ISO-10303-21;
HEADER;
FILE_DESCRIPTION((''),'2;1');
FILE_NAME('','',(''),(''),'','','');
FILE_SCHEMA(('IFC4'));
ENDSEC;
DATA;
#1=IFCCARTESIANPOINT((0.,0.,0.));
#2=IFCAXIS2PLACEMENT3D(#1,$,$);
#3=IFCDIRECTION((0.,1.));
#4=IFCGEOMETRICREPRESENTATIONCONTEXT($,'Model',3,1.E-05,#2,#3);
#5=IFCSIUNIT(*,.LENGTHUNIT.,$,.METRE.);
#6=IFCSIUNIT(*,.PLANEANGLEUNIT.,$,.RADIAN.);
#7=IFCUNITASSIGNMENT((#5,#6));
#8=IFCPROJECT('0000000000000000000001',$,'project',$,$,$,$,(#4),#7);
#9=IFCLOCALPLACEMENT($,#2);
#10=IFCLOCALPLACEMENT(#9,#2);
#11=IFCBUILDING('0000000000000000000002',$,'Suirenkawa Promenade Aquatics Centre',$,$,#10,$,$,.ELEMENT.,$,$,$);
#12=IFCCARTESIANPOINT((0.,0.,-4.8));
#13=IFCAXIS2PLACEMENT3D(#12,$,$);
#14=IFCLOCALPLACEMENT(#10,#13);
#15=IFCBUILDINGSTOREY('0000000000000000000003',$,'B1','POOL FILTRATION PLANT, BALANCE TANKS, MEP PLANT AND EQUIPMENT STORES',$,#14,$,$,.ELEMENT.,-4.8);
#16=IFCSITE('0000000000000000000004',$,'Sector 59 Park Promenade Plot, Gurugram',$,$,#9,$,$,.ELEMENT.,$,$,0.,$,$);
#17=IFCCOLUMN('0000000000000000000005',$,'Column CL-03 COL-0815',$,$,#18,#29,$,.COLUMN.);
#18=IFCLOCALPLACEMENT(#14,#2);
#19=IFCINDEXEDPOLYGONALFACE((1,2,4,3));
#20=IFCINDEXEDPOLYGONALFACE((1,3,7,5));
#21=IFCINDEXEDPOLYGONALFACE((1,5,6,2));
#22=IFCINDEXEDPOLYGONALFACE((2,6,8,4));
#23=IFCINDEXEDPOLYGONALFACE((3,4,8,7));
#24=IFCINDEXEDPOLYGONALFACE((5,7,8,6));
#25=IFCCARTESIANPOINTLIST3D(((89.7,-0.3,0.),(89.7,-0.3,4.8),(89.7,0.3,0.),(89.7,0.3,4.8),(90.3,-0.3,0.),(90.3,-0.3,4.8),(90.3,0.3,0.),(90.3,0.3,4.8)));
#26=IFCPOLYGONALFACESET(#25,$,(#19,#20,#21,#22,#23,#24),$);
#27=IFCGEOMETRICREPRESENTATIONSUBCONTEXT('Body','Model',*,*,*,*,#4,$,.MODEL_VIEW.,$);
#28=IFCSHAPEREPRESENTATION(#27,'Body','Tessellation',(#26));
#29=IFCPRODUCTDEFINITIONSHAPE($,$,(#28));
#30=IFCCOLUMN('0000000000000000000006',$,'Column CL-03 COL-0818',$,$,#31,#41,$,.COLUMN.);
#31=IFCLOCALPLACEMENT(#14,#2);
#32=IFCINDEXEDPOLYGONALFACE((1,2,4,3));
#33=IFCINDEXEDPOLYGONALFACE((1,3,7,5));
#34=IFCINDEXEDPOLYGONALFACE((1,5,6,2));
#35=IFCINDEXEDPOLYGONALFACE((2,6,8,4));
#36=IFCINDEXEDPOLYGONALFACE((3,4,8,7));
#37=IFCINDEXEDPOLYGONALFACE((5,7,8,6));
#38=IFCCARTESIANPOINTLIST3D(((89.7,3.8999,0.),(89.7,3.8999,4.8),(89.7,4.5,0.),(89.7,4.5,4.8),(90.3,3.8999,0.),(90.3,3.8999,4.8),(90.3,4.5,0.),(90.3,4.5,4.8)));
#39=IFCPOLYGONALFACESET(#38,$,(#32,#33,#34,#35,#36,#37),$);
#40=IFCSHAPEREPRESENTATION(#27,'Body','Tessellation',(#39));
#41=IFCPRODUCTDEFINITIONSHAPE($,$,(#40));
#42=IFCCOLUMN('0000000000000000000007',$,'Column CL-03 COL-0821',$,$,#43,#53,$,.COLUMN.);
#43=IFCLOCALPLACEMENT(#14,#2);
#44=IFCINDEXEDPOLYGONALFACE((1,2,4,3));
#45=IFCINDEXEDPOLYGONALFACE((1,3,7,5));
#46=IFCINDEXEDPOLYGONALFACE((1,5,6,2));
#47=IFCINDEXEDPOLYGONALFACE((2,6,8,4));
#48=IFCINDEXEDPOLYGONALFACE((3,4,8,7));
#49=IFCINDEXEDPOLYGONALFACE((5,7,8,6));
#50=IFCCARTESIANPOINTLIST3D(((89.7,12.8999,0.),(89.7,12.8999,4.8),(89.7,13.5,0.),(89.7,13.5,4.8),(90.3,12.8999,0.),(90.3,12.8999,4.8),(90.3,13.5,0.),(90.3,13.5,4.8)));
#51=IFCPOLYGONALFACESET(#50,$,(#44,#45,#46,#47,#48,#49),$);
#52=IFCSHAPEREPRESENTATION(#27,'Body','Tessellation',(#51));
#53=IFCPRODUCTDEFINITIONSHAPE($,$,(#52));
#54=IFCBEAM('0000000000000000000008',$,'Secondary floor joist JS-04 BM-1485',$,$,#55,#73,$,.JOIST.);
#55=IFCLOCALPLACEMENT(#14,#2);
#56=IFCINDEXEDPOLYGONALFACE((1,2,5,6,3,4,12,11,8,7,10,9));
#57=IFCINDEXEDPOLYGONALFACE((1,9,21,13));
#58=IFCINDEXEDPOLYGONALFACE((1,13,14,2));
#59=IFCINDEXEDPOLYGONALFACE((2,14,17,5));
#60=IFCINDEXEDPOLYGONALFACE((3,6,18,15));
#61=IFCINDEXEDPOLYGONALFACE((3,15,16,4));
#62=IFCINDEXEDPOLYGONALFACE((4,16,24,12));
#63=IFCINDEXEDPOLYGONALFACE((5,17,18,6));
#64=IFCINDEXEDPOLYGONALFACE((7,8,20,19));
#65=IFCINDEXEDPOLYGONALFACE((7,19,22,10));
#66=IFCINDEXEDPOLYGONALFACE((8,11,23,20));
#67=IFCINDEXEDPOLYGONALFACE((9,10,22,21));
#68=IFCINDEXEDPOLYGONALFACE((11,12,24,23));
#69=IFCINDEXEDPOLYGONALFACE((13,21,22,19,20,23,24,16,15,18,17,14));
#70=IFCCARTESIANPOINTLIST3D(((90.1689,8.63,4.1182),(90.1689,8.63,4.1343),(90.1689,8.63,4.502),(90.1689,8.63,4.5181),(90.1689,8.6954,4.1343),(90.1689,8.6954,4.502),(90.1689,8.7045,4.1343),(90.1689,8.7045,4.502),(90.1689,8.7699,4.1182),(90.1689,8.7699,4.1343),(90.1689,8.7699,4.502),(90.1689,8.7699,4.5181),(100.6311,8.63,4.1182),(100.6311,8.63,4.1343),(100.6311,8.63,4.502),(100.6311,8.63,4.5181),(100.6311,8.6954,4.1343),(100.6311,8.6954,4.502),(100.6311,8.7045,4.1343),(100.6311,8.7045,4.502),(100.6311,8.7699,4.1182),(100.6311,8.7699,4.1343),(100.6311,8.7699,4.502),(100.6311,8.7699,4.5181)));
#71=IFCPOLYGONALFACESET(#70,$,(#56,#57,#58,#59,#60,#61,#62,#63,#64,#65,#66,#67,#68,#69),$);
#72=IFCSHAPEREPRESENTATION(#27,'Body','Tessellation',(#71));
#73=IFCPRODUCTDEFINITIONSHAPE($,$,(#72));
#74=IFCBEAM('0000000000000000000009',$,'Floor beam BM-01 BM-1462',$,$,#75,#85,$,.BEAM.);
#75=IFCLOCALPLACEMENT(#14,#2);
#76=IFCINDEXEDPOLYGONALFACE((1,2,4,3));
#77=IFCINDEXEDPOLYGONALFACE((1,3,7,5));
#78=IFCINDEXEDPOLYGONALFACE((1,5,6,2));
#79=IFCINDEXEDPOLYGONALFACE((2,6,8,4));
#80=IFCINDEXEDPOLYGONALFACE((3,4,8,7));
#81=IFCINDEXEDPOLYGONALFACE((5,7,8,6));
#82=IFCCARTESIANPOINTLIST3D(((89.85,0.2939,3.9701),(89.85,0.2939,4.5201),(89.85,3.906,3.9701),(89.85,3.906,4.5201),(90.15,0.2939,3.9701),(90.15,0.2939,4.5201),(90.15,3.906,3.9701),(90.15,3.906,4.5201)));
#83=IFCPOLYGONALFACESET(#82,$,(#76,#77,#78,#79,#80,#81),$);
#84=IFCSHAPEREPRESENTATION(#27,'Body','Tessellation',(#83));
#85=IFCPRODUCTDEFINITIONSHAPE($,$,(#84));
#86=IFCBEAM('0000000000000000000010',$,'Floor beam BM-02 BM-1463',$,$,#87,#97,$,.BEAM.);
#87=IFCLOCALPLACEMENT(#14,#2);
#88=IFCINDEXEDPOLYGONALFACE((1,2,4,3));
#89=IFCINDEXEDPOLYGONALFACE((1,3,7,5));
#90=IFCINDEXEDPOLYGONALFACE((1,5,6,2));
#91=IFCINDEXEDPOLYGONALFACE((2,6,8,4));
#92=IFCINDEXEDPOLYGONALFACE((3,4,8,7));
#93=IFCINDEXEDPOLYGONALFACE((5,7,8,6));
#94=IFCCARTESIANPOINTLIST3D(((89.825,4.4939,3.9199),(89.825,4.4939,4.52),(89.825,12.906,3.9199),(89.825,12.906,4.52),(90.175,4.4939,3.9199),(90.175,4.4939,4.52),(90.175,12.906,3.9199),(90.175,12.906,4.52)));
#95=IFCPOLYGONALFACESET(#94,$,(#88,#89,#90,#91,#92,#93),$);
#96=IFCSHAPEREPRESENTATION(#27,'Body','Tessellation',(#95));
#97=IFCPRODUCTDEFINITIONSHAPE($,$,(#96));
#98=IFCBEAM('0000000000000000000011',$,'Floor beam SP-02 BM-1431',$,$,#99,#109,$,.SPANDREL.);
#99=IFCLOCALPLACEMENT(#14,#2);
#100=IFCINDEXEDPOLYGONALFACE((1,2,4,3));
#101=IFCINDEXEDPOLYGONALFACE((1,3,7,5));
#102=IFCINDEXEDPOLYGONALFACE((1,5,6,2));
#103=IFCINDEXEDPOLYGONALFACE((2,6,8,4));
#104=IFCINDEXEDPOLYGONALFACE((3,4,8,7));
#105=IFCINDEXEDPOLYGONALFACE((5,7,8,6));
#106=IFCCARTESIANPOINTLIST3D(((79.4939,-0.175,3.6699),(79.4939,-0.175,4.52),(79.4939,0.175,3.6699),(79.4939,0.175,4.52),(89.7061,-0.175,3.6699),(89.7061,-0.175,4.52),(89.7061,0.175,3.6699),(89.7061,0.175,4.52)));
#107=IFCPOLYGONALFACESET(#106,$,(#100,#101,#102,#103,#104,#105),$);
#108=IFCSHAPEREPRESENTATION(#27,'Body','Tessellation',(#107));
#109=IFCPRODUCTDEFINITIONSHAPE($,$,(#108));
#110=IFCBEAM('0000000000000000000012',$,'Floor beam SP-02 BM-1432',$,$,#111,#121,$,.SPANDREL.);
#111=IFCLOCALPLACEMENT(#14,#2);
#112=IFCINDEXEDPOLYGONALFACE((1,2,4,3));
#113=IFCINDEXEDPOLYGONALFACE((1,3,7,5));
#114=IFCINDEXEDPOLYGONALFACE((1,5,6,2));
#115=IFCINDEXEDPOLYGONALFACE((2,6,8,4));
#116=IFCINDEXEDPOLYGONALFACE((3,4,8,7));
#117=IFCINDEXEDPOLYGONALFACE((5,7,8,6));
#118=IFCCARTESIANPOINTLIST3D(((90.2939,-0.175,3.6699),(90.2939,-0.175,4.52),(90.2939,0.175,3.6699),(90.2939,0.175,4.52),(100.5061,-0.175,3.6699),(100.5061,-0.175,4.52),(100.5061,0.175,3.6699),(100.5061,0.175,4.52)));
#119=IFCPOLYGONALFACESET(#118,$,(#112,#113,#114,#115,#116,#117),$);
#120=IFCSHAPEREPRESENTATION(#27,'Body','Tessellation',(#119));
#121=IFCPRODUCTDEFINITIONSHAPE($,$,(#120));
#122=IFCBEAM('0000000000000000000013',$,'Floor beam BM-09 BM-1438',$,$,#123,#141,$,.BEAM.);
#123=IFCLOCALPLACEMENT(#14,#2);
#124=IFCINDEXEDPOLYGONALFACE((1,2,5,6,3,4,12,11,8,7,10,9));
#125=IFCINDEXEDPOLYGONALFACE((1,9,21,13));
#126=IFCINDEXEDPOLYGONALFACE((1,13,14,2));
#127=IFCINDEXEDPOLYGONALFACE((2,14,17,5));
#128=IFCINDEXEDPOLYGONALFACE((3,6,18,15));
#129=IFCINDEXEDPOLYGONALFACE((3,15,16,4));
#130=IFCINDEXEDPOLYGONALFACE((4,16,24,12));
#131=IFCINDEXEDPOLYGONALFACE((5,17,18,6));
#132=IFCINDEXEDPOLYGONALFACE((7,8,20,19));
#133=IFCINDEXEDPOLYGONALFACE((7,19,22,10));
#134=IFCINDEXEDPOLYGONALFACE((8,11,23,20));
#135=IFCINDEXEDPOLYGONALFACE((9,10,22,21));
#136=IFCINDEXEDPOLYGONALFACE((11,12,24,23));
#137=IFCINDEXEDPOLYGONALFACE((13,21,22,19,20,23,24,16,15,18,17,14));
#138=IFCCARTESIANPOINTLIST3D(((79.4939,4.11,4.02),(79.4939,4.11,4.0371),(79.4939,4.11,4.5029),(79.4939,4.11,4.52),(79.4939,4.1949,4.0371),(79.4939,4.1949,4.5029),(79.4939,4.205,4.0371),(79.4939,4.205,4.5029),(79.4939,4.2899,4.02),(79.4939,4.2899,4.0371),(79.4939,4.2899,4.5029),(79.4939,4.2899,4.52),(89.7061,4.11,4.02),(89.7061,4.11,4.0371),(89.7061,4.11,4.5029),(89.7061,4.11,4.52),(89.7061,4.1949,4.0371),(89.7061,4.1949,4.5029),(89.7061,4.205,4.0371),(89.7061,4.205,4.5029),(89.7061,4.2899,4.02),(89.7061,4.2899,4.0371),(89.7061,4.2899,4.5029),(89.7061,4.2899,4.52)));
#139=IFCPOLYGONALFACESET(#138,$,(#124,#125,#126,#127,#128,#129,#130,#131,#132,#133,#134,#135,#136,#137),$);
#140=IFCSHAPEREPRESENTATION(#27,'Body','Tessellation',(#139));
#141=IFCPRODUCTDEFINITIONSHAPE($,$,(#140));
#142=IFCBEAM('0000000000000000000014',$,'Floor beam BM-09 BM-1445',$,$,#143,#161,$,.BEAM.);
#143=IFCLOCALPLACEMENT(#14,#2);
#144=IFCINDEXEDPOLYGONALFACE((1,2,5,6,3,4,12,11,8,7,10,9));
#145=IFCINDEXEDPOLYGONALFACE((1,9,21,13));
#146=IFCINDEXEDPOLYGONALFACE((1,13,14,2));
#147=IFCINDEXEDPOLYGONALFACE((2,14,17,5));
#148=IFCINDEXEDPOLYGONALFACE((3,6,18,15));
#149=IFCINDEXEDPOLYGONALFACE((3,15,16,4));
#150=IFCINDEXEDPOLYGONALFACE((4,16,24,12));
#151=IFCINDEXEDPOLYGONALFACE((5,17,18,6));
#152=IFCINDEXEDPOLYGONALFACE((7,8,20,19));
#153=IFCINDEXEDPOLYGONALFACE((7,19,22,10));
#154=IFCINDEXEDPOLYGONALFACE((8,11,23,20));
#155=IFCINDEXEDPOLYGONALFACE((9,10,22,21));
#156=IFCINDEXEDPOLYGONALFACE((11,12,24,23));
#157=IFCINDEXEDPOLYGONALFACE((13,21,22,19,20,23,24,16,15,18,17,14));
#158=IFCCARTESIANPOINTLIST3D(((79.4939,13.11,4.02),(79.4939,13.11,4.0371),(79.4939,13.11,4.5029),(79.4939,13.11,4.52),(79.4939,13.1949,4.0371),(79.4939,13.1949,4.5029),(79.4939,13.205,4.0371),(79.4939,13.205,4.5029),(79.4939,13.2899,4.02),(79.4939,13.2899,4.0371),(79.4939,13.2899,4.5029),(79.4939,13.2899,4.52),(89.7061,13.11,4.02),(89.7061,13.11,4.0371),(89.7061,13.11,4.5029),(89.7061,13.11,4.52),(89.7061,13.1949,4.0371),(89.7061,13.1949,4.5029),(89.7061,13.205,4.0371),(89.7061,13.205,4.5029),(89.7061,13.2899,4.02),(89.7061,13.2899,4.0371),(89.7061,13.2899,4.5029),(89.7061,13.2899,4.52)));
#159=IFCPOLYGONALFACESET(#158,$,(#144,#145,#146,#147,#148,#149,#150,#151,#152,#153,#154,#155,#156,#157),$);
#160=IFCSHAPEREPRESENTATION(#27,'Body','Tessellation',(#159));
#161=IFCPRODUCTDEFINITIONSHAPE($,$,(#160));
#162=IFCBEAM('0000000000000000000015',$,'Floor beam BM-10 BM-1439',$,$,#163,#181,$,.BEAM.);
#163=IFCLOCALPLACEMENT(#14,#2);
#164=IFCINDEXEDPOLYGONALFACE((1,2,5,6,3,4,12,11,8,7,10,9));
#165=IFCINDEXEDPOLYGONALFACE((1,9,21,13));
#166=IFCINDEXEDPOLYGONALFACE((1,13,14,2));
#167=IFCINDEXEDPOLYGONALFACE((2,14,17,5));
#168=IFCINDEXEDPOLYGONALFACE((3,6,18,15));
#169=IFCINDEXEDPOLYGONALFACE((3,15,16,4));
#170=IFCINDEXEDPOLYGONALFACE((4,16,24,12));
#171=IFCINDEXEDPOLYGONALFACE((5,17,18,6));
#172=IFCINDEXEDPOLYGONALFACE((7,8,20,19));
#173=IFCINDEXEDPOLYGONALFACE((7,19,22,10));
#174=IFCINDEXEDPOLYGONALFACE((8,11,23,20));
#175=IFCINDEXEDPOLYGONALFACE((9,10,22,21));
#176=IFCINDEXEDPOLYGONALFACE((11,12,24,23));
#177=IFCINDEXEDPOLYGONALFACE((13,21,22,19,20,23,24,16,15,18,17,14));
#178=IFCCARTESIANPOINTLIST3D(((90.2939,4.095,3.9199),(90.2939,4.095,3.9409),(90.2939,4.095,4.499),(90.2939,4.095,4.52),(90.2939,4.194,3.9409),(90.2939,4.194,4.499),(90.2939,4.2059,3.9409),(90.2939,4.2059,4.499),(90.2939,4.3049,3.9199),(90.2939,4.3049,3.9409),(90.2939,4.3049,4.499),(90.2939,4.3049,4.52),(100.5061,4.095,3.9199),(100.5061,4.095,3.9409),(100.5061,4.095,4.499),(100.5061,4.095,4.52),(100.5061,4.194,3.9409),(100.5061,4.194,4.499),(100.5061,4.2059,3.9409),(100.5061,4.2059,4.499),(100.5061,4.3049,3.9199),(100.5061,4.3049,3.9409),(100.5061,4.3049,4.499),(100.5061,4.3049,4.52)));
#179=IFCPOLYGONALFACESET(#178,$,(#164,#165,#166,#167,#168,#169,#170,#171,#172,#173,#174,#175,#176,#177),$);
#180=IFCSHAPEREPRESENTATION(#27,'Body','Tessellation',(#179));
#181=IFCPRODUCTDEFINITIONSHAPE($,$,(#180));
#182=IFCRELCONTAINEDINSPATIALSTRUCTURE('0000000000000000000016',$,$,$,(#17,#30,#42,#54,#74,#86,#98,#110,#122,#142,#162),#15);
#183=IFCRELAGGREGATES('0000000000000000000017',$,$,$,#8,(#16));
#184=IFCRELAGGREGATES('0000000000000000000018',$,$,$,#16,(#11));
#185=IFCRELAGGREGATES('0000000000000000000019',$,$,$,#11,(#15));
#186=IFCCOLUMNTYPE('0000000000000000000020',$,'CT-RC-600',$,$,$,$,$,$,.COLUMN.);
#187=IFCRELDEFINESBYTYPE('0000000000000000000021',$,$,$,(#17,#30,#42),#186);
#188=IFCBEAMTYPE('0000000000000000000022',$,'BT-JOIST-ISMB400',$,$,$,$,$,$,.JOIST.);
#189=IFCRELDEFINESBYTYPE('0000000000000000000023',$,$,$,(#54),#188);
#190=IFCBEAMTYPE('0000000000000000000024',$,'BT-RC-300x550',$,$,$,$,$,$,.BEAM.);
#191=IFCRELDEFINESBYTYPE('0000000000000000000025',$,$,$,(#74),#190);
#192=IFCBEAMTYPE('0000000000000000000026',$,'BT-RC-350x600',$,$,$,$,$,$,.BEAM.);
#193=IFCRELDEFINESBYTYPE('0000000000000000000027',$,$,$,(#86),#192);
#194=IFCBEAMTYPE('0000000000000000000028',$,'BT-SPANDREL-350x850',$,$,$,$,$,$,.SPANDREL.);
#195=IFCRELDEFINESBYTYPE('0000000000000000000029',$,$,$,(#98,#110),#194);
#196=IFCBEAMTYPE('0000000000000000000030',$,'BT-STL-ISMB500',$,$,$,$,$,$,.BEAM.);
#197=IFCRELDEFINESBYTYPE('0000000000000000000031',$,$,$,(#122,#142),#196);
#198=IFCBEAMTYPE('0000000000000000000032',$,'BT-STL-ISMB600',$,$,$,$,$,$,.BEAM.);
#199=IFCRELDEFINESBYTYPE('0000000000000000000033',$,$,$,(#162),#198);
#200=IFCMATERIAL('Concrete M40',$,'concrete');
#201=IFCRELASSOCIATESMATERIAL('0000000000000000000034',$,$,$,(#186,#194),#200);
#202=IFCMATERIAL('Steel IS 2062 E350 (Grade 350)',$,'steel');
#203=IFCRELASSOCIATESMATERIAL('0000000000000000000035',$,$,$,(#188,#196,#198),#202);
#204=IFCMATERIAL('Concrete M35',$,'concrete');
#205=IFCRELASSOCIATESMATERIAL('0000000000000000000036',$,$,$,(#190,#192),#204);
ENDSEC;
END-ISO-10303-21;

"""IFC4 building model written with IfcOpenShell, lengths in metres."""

from ifc_helpers import new_model, si_unit, direction, frame, origin, origin_2d, place, context, subcontext, project, spatial, rectangle, i_section, extrude, material, material_profile, profile_set, type_object, element, save


model = new_model("IFC4")

# Units and contexts
model_context = context("Model", 3, precision=1e-05, world=origin(), true_north=direction((0.0, 1.0)))
body_context = subcontext(model_context, "Body", "Model", "MODEL_VIEW")
ifc_project = project(units=[si_unit("LENGTHUNIT", "METRE"), si_unit("PLANEANGLEUNIT", "RADIAN")], contexts=[model_context])

# Site, building, storey
site_placement = place(None, origin())
site = spatial("IfcSite", under=ifc_project, at=site_placement, Name="Sector 59 Park Promenade Plot, Gurugram", CompositionType="ELEMENT", RefElevation=0.0)
building_placement = place(site_placement, origin())
building = spatial("IfcBuilding", under=site, at=building_placement, Name="Suirenkawa Promenade Aquatics Centre", CompositionType="ELEMENT")
storey_placement = place(building_placement, frame((0.0, 0.0, -4.8)))
storey = spatial("IfcBuildingStorey", under=building, at=storey_placement, Name="B1", Description="POOL FILTRATION PLANT, BALANCE TANKS, MEP PLANT AND EQUIPMENT STORES", CompositionType="ELEMENT", Elevation=-4.8)

# Shared definitions
ifc_material_1 = material(Name="Concrete M35", Category="concrete")

# Columns
ifc_material_2 = material(Name="Concrete M40", Category="concrete")
ifc_material_profile_1 = material_profile(ifc_material_2, rectangle(XDim=0.6001, YDim=0.6001, at=origin_2d()), Name="RC COL 600x600", Category="concrete")
ifc_profile_set_1 = profile_set([ifc_material_profile_1], Name="Concrete M40")
column_type = type_object("IfcColumnType", Name="CT-RC-600", PredefinedType="COLUMN", material=ifc_profile_set_1)
for number, where, z_axis, x_axis, name in (
    (1, (90.0, 0.0, 0.0), (0.0, 0.0, 1.0), (1.0, 0.0, 0.0), "Column CL-03 COL-0815"),
    (2, (90.0, 4.2, 0.0), (0.0, 0.0, 1.0), (1.0, 0.0, 0.0), "Column CL-03 COL-0818"),
    (3, (90.0, 13.2, 0.0), (0.0, 0.0, 1.0), (1.0, 0.0, 0.0), "Column CL-03 COL-0821"),
):
    element("IfcColumn", number, at=place(storey_placement, frame(where, z_axis=z_axis, x_axis=x_axis)), inside=storey, type_object=column_type, Name=name, PredefinedType="COLUMN", context=body_context, shape_type="SweptSolid", body=[
        extrude(rectangle(XDim=0.6001, YDim=0.6001, at=origin_2d()), origin(), (0.0, 0.0, 1.0), 4.8),
    ])

# Beams
ifc_material_3 = material(Name="Steel IS 2062 E350 (Grade 350)", Category="steel")
ifc_material_profile_2 = material_profile(ifc_material_3, i_section(OverallWidth=0.1399, OverallDepth=0.3999, WebThickness=0.009, FlangeThickness=0.0161, at=origin_2d()), Name="ISMB 400", Category="steel")
ifc_profile_set_2 = profile_set([ifc_material_profile_2], Name="Steel IS 2062 E350 (Grade 350)")
beam_type_1 = type_object("IfcBeamType", Name="BT-JOIST-ISMB400", PredefinedType="JOIST", material=ifc_profile_set_2)
beam_1_placement = place(storey_placement, frame((90.1689, 8.7, 4.3181), z_axis=(1.0, 0.0, 0.0), x_axis=(0.0, 1.0, 0.0)))
element("IfcBeam", 4, at=beam_1_placement, inside=storey, type_object=beam_type_1, Name="Secondary floor joist JS-04 BM-1485", PredefinedType="JOIST", context=body_context, shape_type="SweptSolid", body=[
    extrude(i_section(OverallWidth=0.1399, OverallDepth=0.3999, WebThickness=0.009, FlangeThickness=0.0161, at=origin_2d()), origin(), (0.0, 0.0, 1.0), 10.4622),
])
ifc_material_profile_3 = material_profile(ifc_material_1, rectangle(XDim=0.3, YDim=0.55, at=origin_2d()), Name="RC BM 300x550", Category="concrete")
ifc_profile_set_3 = profile_set([ifc_material_profile_3], Name="Concrete M35")
beam_type_2 = type_object("IfcBeamType", Name="BT-RC-300x550", PredefinedType="BEAM", material=ifc_profile_set_3)
beam_2_placement = place(storey_placement, frame((90.0, 0.2939, 4.2451), z_axis=(0.0, 1.0, 0.0), x_axis=(-1.0, 0.0, 0.0)))
element("IfcBeam", 5, at=beam_2_placement, inside=storey, type_object=beam_type_2, Name="Floor beam BM-01 BM-1462", PredefinedType="BEAM", context=body_context, shape_type="SweptSolid", body=[
    extrude(rectangle(XDim=0.3, YDim=0.55, at=origin_2d()), origin(), (0.0, 0.0, 1.0), 3.6121),
])
ifc_material_profile_4 = material_profile(ifc_material_1, rectangle(XDim=0.3501, YDim=0.6001, at=origin_2d()), Name="RC BM 350x600", Category="concrete")
ifc_profile_set_4 = profile_set([ifc_material_profile_4], Name="Concrete M35")
beam_type_3 = type_object("IfcBeamType", Name="BT-RC-350x600", PredefinedType="BEAM", material=ifc_profile_set_4)
beam_3_placement = place(storey_placement, frame((90.0, 4.4939, 4.22), z_axis=(0.0, 1.0, 0.0), x_axis=(-1.0, 0.0, 0.0)))
element("IfcBeam", 6, at=beam_3_placement, inside=storey, type_object=beam_type_3, Name="Floor beam BM-02 BM-1463", PredefinedType="BEAM", context=body_context, shape_type="SweptSolid", body=[
    extrude(rectangle(XDim=0.3501, YDim=0.6001, at=origin_2d()), origin(), (0.0, 0.0, 1.0), 8.4121),
])
ifc_material_profile_5 = material_profile(ifc_material_2, rectangle(XDim=0.3501, YDim=0.8501, at=origin_2d()), Name="RC SPANDREL 350x850", Category="concrete")
ifc_profile_set_5 = profile_set([ifc_material_profile_5], Name="Concrete M40")
beam_type_4 = type_object("IfcBeamType", Name="BT-SPANDREL-350x850", PredefinedType="SPANDREL", material=ifc_profile_set_5)
for number, where, z_axis, x_axis, name in (
    (7, (79.4939, 0.0, 4.095), (1.0, 0.0, 0.0), (0.0, 1.0, 0.0), "Floor beam SP-02 BM-1431"),
    (8, (90.2939, 0.0, 4.095), (1.0, 0.0, 0.0), (0.0, 1.0, 0.0), "Floor beam SP-02 BM-1432"),
):
    element("IfcBeam", number, at=place(storey_placement, frame(where, z_axis=z_axis, x_axis=x_axis)), inside=storey, type_object=beam_type_4, Name=name, PredefinedType="SPANDREL", context=body_context, shape_type="SweptSolid", body=[
        extrude(rectangle(XDim=0.3501, YDim=0.8501, at=origin_2d()), origin(), (0.0, 0.0, 1.0), 10.2122),
    ])
ifc_material_profile_6 = material_profile(ifc_material_3, i_section(OverallWidth=0.1799, OverallDepth=0.5, WebThickness=0.01, FlangeThickness=0.0171, at=origin_2d()), Name="ISMB 500", Category="steel")
ifc_profile_set_6 = profile_set([ifc_material_profile_6], Name="Steel IS 2062 E350 (Grade 350)")
beam_type_5 = type_object("IfcBeamType", Name="BT-STL-ISMB500", PredefinedType="BEAM", material=ifc_profile_set_6)
for number, where, z_axis, x_axis, name in (
    (9, (79.4939, 4.2, 4.27), (1.0, 0.0, 0.0), (0.0, 1.0, 0.0), "Floor beam BM-09 BM-1438"),
    (10, (79.4939, 13.2, 4.27), (1.0, 0.0, 0.0), (0.0, 1.0, 0.0), "Floor beam BM-09 BM-1445"),
):
    element("IfcBeam", number, at=place(storey_placement, frame(where, z_axis=z_axis, x_axis=x_axis)), inside=storey, type_object=beam_type_5, Name=name, PredefinedType="BEAM", context=body_context, shape_type="SweptSolid", body=[
        extrude(i_section(OverallWidth=0.1799, OverallDepth=0.5, WebThickness=0.01, FlangeThickness=0.0171, at=origin_2d()), origin(), (0.0, 0.0, 1.0), 10.2122),
    ])
ifc_material_profile_7 = material_profile(ifc_material_3, i_section(OverallWidth=0.21, OverallDepth=0.6001, WebThickness=0.012, FlangeThickness=0.021, at=origin_2d()), Name="ISMB 600", Category="steel")
ifc_profile_set_7 = profile_set([ifc_material_profile_7], Name="Steel IS 2062 E350 (Grade 350)")
beam_type_6 = type_object("IfcBeamType", Name="BT-STL-ISMB600", PredefinedType="BEAM", material=ifc_profile_set_7)
for number, where, z_axis, x_axis, name in (
    (11, (90.2939, 4.2, 4.22), (1.0, 0.0, 0.0), (0.0, 1.0, 0.0), "Floor beam BM-10 BM-1439"),
):
    element("IfcBeam", number, at=place(storey_placement, frame(where, z_axis=z_axis, x_axis=x_axis)), inside=storey, type_object=beam_type_6, Name=name, PredefinedType="BEAM", context=body_context, shape_type="SweptSolid", body=[
        extrude(i_section(OverallWidth=0.21, OverallDepth=0.6001, WebThickness=0.012, FlangeThickness=0.021, at=origin_2d()), origin(), (0.0, 0.0, 1.0), 10.2122),
    ])

save(model, "model.ifc")
